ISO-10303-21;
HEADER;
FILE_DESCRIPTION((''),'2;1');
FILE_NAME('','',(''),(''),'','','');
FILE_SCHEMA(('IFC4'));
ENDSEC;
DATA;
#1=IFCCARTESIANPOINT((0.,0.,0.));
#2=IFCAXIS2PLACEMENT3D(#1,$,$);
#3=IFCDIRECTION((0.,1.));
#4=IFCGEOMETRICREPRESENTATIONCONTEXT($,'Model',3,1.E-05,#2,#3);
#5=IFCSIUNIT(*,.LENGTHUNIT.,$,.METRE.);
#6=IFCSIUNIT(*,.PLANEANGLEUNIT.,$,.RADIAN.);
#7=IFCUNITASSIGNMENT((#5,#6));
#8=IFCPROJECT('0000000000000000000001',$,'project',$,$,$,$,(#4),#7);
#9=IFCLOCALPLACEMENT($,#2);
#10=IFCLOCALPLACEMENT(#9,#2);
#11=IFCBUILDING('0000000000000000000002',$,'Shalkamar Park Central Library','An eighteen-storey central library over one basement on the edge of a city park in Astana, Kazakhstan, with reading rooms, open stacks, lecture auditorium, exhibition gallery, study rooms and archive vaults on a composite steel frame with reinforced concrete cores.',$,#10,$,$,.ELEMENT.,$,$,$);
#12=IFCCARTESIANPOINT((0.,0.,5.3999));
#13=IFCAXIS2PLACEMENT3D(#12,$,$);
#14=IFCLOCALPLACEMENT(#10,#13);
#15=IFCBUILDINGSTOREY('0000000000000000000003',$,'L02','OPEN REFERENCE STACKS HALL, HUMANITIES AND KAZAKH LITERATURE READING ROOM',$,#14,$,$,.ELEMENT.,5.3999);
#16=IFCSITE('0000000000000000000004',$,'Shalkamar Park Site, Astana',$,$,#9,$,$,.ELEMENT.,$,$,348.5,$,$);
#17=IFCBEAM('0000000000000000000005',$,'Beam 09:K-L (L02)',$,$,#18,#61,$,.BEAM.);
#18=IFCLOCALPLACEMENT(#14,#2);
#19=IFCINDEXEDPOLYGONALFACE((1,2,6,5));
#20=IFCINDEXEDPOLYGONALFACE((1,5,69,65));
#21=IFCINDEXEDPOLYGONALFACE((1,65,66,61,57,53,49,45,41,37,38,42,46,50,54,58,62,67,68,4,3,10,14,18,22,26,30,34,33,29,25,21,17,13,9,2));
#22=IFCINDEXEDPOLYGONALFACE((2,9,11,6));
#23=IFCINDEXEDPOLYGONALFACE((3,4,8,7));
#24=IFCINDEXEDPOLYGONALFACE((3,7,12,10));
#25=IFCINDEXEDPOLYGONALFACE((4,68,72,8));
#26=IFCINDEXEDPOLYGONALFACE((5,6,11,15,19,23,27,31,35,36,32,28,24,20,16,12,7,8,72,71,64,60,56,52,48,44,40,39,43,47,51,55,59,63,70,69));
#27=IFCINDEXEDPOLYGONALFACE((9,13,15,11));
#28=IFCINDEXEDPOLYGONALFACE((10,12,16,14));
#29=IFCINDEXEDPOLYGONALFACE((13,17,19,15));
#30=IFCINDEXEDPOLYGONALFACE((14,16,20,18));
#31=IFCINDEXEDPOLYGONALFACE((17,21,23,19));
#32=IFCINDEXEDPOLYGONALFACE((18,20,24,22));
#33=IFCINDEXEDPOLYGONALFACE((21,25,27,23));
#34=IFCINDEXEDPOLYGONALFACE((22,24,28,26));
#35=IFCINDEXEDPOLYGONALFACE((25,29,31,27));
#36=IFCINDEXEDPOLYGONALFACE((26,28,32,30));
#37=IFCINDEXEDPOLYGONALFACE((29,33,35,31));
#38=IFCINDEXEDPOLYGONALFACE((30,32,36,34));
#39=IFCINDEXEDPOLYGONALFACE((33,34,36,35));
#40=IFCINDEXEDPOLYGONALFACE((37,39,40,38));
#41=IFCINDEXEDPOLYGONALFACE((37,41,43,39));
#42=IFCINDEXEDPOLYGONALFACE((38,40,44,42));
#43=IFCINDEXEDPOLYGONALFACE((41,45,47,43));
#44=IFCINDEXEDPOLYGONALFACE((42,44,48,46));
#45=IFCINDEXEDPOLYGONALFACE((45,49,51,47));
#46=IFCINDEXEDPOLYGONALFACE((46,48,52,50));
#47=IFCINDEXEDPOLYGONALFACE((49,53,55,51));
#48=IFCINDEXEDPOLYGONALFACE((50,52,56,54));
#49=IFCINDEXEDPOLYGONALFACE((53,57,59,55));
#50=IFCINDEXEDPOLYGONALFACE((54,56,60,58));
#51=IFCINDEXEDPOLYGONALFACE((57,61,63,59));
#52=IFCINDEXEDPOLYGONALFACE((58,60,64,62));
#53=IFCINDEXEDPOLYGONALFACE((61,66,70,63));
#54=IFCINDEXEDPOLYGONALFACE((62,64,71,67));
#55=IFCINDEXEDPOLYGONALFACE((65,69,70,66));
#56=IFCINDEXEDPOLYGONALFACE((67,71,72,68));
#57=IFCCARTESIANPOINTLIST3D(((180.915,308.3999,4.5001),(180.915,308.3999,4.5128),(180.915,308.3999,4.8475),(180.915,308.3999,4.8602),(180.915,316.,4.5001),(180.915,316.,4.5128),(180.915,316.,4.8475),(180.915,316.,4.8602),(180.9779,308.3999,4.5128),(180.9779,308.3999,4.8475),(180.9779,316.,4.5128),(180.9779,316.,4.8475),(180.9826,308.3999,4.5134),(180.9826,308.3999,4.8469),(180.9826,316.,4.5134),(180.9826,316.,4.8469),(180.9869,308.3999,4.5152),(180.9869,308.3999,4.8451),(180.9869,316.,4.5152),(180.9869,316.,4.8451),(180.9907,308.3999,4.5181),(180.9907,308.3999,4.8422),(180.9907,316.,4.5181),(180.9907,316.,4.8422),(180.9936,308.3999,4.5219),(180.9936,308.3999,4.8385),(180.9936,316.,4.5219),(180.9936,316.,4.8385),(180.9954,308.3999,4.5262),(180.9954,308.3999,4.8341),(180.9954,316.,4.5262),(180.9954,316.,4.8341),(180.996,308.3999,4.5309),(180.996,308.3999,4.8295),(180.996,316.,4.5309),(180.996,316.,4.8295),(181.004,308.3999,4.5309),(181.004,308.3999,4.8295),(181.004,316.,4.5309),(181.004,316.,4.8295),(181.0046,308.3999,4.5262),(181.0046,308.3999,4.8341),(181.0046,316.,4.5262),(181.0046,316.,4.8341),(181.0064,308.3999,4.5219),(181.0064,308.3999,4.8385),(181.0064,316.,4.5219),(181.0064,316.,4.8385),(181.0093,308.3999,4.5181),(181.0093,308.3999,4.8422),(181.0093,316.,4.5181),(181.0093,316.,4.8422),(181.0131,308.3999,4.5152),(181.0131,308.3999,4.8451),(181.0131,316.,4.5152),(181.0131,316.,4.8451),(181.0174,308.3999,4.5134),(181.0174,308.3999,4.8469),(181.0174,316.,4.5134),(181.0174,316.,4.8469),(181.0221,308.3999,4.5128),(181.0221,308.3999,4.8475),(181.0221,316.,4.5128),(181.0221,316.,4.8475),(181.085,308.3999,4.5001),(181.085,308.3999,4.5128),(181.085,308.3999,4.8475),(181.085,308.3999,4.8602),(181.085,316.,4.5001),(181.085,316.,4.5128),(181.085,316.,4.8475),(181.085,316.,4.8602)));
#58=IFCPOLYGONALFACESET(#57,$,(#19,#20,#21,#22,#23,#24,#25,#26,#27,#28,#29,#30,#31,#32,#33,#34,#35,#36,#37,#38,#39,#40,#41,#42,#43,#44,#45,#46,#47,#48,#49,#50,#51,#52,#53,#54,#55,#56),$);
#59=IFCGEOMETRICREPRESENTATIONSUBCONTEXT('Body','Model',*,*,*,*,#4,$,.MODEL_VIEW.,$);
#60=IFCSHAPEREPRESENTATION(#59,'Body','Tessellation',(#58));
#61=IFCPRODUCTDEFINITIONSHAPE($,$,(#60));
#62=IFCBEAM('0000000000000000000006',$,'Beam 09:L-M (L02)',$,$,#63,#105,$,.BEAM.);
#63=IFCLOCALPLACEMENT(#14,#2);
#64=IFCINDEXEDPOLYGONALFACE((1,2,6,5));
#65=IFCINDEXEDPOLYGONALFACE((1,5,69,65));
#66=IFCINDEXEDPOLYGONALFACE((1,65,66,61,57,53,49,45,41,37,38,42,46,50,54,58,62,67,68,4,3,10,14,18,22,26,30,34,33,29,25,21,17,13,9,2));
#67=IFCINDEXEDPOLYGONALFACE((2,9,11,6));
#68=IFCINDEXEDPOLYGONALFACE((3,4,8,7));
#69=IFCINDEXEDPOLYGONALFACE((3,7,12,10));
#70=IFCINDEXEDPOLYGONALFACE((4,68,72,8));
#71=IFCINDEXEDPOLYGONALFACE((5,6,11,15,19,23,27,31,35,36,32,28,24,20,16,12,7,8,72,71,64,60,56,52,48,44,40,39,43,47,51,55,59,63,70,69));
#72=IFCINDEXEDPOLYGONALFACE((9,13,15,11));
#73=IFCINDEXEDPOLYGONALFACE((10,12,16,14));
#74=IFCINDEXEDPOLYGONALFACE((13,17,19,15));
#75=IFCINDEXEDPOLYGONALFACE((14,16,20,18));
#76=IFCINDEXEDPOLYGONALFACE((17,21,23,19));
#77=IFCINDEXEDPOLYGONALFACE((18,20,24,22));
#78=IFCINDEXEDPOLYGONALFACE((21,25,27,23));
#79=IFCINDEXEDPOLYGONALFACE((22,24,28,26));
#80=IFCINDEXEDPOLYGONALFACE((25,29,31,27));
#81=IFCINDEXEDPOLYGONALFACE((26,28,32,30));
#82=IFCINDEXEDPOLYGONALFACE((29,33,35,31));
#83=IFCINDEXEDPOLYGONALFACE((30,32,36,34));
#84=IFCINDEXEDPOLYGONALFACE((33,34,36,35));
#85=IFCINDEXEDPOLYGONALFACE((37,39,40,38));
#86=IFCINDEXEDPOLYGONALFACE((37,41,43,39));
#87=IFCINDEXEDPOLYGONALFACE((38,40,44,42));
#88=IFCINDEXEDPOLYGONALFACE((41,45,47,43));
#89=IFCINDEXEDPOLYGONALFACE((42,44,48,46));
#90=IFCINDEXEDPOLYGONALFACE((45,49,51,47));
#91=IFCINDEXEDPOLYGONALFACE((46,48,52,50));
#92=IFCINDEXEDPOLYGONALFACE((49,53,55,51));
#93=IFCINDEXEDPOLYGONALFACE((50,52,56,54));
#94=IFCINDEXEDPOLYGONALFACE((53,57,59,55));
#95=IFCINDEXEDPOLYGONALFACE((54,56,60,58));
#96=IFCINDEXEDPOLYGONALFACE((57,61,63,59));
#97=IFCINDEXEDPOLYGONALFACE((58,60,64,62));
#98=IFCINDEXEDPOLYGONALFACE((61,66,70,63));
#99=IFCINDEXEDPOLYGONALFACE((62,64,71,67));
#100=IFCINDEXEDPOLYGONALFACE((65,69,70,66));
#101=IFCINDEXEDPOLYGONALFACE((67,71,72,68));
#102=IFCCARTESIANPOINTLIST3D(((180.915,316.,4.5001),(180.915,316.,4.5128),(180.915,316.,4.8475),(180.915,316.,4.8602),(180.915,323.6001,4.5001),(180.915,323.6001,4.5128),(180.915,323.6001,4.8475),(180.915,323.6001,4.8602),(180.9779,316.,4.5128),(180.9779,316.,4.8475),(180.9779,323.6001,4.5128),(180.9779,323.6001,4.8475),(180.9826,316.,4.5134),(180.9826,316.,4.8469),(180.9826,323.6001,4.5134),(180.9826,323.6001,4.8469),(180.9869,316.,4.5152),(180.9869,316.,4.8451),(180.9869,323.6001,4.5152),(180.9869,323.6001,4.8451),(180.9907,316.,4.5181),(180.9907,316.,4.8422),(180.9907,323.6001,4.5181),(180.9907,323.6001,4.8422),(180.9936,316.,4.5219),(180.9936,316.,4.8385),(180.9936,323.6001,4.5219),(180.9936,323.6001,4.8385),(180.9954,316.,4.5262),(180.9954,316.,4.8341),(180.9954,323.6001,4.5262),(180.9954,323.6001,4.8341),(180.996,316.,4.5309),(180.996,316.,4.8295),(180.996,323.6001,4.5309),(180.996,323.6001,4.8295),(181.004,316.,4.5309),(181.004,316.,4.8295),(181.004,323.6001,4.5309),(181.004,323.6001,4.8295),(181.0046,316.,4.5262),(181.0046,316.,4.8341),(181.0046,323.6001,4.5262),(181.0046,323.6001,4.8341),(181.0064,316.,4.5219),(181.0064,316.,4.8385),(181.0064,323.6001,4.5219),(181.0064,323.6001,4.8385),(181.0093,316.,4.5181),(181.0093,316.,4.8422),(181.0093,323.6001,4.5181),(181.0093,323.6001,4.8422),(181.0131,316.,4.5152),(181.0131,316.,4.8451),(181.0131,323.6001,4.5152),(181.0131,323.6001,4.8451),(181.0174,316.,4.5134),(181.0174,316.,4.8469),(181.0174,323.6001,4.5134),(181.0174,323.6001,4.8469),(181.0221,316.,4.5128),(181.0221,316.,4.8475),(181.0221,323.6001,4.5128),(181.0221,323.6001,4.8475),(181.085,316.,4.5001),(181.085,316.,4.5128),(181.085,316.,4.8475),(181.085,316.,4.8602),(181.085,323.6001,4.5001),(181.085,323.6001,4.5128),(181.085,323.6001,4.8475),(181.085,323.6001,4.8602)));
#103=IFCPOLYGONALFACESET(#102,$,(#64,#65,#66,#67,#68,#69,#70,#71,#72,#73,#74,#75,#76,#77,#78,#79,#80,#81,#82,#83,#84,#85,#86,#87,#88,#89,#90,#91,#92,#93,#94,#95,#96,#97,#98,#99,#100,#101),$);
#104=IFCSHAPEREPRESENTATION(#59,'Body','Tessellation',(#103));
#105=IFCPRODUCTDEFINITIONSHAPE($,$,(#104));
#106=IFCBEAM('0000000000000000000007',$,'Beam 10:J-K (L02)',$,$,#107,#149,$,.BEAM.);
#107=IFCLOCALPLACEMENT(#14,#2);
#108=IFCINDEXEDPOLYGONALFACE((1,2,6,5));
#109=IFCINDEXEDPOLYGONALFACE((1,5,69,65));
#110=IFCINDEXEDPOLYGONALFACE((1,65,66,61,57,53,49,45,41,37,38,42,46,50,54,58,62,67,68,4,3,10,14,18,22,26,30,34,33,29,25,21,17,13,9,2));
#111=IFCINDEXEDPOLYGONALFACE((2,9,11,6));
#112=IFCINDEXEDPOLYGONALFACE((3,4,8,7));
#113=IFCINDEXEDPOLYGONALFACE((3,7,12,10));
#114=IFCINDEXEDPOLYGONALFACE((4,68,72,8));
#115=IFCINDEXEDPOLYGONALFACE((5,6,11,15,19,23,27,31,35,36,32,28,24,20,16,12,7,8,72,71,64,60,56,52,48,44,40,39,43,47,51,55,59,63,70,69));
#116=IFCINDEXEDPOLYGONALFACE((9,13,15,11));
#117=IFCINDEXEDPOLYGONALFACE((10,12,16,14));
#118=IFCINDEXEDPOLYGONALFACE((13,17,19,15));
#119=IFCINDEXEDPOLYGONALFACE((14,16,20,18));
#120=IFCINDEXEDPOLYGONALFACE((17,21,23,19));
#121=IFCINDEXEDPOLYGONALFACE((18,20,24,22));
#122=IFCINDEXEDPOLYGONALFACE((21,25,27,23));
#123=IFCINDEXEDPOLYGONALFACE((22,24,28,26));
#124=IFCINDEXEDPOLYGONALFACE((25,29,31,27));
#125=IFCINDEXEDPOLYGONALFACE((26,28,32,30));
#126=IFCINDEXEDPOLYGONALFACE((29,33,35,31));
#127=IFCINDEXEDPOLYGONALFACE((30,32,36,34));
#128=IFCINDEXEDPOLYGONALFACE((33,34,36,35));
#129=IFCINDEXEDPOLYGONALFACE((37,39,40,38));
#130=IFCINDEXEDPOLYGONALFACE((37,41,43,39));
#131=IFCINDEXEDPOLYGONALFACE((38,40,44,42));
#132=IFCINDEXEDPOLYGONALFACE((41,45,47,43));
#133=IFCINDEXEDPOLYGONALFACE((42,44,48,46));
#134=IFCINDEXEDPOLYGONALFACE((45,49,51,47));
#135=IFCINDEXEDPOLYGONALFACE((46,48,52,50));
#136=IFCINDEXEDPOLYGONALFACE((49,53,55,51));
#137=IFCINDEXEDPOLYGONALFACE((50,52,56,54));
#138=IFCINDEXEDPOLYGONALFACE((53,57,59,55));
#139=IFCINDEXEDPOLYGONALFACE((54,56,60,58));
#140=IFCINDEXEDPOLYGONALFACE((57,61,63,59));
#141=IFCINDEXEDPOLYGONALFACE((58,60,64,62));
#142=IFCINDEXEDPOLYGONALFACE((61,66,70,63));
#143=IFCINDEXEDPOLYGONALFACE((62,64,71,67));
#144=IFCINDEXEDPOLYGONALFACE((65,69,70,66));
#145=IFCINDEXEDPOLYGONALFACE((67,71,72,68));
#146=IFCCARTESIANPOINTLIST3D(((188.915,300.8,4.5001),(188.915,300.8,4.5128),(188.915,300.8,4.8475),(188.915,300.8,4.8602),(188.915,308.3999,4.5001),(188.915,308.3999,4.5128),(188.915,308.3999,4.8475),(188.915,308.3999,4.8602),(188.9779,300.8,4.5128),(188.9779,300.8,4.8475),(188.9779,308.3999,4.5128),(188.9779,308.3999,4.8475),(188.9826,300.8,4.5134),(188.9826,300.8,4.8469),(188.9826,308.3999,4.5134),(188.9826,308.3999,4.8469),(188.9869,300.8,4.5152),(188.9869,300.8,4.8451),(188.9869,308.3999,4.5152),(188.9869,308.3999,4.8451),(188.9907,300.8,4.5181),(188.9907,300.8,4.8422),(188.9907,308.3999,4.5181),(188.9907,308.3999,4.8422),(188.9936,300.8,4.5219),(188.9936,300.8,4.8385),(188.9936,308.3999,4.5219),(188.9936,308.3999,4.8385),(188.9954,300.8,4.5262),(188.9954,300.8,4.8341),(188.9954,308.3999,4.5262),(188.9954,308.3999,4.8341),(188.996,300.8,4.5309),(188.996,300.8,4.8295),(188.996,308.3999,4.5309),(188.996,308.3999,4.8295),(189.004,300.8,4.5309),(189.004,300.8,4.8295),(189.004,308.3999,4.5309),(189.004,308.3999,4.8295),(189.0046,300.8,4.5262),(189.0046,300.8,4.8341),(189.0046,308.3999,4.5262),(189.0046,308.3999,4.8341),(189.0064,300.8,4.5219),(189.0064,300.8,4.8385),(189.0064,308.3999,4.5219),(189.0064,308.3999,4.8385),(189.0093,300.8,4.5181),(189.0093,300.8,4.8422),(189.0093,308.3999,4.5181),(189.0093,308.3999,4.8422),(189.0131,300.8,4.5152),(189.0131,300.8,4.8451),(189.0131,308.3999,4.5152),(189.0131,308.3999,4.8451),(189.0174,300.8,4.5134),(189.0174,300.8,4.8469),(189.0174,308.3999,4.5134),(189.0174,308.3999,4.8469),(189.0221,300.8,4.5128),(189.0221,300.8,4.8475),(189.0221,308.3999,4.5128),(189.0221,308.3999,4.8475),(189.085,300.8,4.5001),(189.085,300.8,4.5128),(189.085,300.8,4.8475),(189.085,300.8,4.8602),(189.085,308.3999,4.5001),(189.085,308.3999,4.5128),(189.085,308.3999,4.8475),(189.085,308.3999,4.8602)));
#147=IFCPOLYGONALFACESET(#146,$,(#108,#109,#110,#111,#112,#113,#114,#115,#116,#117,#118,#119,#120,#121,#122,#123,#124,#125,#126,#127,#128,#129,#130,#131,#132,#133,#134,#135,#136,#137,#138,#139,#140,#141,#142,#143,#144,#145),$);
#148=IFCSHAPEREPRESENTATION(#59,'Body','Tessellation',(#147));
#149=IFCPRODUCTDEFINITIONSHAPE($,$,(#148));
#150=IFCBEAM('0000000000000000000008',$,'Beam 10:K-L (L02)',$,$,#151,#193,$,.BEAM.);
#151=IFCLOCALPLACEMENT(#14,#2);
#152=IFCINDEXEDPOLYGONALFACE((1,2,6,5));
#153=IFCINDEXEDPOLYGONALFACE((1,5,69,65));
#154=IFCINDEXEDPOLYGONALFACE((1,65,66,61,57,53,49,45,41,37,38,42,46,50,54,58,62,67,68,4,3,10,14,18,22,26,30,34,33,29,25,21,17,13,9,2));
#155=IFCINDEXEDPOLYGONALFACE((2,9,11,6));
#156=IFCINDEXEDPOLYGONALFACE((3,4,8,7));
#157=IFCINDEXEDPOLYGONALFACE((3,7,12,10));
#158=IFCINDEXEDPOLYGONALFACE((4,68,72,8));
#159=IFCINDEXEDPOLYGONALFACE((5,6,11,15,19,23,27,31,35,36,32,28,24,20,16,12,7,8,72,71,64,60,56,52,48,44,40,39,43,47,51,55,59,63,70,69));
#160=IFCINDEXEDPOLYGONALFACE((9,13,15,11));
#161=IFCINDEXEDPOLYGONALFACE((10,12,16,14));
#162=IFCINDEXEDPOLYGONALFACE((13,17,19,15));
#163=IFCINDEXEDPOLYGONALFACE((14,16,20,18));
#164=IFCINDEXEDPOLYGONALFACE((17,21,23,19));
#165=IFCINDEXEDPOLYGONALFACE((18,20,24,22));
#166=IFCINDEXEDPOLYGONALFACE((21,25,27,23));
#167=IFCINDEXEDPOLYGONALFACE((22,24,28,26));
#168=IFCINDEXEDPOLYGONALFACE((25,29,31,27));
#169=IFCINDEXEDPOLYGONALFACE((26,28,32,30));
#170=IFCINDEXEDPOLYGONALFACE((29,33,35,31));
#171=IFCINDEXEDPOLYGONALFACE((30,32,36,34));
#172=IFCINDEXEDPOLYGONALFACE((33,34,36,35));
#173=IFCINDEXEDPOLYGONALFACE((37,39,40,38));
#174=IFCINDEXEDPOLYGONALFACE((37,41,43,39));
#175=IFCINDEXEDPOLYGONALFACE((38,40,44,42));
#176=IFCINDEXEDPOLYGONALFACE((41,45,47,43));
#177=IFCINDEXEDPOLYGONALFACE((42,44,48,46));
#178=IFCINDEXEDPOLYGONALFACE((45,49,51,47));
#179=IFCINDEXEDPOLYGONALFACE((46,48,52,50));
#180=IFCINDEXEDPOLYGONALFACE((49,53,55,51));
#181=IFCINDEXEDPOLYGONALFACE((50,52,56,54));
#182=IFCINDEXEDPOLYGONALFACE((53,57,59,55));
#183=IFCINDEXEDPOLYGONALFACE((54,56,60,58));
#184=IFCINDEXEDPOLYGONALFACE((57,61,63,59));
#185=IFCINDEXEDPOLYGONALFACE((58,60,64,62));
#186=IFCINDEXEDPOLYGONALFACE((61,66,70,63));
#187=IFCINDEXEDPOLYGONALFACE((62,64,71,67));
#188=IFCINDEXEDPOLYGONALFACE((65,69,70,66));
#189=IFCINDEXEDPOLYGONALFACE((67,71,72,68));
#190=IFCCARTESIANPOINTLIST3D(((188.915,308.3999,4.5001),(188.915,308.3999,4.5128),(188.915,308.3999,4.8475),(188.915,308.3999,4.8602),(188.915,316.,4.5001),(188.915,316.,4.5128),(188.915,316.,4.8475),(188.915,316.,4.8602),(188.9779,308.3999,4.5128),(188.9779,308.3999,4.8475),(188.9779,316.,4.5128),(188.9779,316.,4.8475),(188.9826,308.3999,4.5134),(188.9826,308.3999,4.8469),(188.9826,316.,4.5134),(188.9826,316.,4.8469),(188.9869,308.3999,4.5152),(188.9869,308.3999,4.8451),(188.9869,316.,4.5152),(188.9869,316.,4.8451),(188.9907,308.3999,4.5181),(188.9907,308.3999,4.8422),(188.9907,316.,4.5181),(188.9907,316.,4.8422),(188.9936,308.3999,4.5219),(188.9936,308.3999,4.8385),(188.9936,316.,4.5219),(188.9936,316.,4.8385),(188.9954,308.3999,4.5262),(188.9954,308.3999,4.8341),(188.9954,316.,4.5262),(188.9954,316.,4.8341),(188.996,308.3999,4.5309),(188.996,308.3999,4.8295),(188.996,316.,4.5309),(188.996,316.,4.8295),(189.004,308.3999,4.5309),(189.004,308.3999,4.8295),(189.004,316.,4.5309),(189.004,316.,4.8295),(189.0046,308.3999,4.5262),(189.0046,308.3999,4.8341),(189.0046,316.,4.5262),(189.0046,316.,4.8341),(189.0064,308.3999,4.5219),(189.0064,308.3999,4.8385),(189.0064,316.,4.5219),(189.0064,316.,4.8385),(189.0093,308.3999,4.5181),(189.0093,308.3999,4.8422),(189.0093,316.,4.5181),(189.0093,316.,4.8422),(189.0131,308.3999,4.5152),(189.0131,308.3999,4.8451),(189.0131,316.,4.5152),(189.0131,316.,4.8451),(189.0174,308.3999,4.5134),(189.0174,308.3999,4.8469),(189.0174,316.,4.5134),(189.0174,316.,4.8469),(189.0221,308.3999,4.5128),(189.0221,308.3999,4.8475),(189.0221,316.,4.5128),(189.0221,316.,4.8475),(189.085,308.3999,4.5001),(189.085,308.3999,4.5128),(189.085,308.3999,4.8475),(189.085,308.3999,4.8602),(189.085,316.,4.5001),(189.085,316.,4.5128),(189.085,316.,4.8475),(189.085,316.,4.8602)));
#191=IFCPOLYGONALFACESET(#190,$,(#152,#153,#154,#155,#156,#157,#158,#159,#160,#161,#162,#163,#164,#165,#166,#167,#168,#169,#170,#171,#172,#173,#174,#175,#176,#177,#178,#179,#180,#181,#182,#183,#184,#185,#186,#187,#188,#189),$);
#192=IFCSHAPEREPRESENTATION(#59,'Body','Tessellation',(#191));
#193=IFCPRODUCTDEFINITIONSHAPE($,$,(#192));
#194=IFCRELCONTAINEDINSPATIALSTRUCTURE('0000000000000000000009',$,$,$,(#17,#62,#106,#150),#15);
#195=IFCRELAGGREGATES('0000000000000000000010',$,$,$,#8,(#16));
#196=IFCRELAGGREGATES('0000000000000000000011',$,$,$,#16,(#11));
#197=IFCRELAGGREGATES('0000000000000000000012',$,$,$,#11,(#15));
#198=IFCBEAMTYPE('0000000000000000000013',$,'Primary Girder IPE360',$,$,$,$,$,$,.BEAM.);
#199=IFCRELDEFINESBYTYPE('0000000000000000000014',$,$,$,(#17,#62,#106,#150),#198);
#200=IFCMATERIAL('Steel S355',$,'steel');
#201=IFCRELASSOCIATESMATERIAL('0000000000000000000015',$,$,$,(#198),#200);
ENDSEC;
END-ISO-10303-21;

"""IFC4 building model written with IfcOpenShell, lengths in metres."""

from ifc_helpers import new_model, si_unit, direction, frame, origin, origin_2d, place, context, subcontext, project, spatial, i_section, extrude, material, material_profile, profile_set, type_object, element, save


model = new_model("IFC4")

# Units and contexts
model_context = context("Model", 3, precision=1e-05, world=origin(), true_north=direction((0.0, 1.0)))
body_context = subcontext(model_context, "Body", "Model", "MODEL_VIEW")
ifc_project = project(units=[si_unit("LENGTHUNIT", "METRE"), si_unit("PLANEANGLEUNIT", "RADIAN")], contexts=[model_context])

# Site, building, storey
site_placement = place(None, origin())
site = spatial("IfcSite", under=ifc_project, at=site_placement, Name="Shalkamar Park Site, Astana", CompositionType="ELEMENT", RefElevation=348.5)
building_placement = place(site_placement, origin())
building = spatial("IfcBuilding", under=site, at=building_placement, Name="Shalkamar Park Central Library", Description="An eighteen-storey central library over one basement on the edge of a city park in Astana, Kazakhstan, with reading rooms, open stacks, lecture auditorium, exhibition gallery, study rooms and archive vaults on a composite steel frame with reinforced concrete cores.", CompositionType="ELEMENT")
storey_placement = place(building_placement, frame((0.0, 0.0, 5.3999)))
storey = spatial("IfcBuildingStorey", under=building, at=storey_placement, Name="L02", Description="OPEN REFERENCE STACKS HALL, HUMANITIES AND KAZAKH LITERATURE READING ROOM", CompositionType="ELEMENT", Elevation=5.3999)

# Shared definitions
ifc_material_1 = material(Name="Steel S355", Category="steel")

# Beams
ifc_material_profile_1 = material_profile(ifc_material_1, i_section(OverallWidth=0.1699, OverallDepth=0.3601, WebThickness=0.0081, FlangeThickness=0.0127, FilletRadius=0.0181, at=origin_2d()), Name="IPE 360")
ifc_profile_set_1 = profile_set([ifc_material_profile_1], Name="Steel S355")
beam_type_1 = type_object("IfcBeamType", Name="Primary Girder IPE360", PredefinedType="BEAM", material=ifc_profile_set_1)
for number, where, z_axis, x_axis, name in (
    (1, (181.0, 308.3999, 4.6802), (0.0, 1.0, 0.0), (-1.0, 0.0, 0.0), "Beam 09:K-L (L02)"),
    (2, (181.0, 316.0, 4.6802), (0.0, 1.0, 0.0), (-1.0, 0.0, 0.0), "Beam 09:L-M (L02)"),
):
    element("IfcBeam", number, at=place(storey_placement, frame(where, z_axis=z_axis, x_axis=x_axis)), inside=storey, type_object=beam_type_1, Name=name, PredefinedType="BEAM", context=body_context, shape_type="SweptSolid", body=[
        extrude(i_section(OverallWidth=0.1699, OverallDepth=0.3601, WebThickness=0.0081, FlangeThickness=0.0127, FilletRadius=0.0181, at=origin_2d()), origin(), (0.0, 0.0, 1.0), 7.6001),
    ])
beam_1_placement = place(storey_placement, frame((189.0, 300.8, 4.6802), z_axis=(0.0, 1.0, 0.0), x_axis=(-1.0, 0.0, 0.0)))
element("IfcBeam", 3, at=beam_1_placement, inside=storey, type_object=beam_type_1, Name="Beam 10:J-K (L02)", PredefinedType="BEAM", context=body_context, shape_type="SweptSolid", body=[
    extrude(i_section(OverallWidth=0.1699, OverallDepth=0.3601, WebThickness=0.0081, FlangeThickness=0.0127, FilletRadius=0.0181, at=origin_2d()), origin(), (0.0, 0.0, 1.0), 7.5999),
])
for number, where, z_axis, x_axis, name in (
    (4, (189.0, 308.3999, 4.6802), (0.0, 1.0, 0.0), (-1.0, 0.0, 0.0), "Beam 10:K-L (L02)"),
):
    element("IfcBeam", number, at=place(storey_placement, frame(where, z_axis=z_axis, x_axis=x_axis)), inside=storey, type_object=beam_type_1, Name=name, PredefinedType="BEAM", context=body_context, shape_type="SweptSolid", body=[
        extrude(i_section(OverallWidth=0.1699, OverallDepth=0.3601, WebThickness=0.0081, FlangeThickness=0.0127, FilletRadius=0.0181, at=origin_2d()), origin(), (0.0, 0.0, 1.0), 7.6001),
    ])

save(model, "model.ifc")
